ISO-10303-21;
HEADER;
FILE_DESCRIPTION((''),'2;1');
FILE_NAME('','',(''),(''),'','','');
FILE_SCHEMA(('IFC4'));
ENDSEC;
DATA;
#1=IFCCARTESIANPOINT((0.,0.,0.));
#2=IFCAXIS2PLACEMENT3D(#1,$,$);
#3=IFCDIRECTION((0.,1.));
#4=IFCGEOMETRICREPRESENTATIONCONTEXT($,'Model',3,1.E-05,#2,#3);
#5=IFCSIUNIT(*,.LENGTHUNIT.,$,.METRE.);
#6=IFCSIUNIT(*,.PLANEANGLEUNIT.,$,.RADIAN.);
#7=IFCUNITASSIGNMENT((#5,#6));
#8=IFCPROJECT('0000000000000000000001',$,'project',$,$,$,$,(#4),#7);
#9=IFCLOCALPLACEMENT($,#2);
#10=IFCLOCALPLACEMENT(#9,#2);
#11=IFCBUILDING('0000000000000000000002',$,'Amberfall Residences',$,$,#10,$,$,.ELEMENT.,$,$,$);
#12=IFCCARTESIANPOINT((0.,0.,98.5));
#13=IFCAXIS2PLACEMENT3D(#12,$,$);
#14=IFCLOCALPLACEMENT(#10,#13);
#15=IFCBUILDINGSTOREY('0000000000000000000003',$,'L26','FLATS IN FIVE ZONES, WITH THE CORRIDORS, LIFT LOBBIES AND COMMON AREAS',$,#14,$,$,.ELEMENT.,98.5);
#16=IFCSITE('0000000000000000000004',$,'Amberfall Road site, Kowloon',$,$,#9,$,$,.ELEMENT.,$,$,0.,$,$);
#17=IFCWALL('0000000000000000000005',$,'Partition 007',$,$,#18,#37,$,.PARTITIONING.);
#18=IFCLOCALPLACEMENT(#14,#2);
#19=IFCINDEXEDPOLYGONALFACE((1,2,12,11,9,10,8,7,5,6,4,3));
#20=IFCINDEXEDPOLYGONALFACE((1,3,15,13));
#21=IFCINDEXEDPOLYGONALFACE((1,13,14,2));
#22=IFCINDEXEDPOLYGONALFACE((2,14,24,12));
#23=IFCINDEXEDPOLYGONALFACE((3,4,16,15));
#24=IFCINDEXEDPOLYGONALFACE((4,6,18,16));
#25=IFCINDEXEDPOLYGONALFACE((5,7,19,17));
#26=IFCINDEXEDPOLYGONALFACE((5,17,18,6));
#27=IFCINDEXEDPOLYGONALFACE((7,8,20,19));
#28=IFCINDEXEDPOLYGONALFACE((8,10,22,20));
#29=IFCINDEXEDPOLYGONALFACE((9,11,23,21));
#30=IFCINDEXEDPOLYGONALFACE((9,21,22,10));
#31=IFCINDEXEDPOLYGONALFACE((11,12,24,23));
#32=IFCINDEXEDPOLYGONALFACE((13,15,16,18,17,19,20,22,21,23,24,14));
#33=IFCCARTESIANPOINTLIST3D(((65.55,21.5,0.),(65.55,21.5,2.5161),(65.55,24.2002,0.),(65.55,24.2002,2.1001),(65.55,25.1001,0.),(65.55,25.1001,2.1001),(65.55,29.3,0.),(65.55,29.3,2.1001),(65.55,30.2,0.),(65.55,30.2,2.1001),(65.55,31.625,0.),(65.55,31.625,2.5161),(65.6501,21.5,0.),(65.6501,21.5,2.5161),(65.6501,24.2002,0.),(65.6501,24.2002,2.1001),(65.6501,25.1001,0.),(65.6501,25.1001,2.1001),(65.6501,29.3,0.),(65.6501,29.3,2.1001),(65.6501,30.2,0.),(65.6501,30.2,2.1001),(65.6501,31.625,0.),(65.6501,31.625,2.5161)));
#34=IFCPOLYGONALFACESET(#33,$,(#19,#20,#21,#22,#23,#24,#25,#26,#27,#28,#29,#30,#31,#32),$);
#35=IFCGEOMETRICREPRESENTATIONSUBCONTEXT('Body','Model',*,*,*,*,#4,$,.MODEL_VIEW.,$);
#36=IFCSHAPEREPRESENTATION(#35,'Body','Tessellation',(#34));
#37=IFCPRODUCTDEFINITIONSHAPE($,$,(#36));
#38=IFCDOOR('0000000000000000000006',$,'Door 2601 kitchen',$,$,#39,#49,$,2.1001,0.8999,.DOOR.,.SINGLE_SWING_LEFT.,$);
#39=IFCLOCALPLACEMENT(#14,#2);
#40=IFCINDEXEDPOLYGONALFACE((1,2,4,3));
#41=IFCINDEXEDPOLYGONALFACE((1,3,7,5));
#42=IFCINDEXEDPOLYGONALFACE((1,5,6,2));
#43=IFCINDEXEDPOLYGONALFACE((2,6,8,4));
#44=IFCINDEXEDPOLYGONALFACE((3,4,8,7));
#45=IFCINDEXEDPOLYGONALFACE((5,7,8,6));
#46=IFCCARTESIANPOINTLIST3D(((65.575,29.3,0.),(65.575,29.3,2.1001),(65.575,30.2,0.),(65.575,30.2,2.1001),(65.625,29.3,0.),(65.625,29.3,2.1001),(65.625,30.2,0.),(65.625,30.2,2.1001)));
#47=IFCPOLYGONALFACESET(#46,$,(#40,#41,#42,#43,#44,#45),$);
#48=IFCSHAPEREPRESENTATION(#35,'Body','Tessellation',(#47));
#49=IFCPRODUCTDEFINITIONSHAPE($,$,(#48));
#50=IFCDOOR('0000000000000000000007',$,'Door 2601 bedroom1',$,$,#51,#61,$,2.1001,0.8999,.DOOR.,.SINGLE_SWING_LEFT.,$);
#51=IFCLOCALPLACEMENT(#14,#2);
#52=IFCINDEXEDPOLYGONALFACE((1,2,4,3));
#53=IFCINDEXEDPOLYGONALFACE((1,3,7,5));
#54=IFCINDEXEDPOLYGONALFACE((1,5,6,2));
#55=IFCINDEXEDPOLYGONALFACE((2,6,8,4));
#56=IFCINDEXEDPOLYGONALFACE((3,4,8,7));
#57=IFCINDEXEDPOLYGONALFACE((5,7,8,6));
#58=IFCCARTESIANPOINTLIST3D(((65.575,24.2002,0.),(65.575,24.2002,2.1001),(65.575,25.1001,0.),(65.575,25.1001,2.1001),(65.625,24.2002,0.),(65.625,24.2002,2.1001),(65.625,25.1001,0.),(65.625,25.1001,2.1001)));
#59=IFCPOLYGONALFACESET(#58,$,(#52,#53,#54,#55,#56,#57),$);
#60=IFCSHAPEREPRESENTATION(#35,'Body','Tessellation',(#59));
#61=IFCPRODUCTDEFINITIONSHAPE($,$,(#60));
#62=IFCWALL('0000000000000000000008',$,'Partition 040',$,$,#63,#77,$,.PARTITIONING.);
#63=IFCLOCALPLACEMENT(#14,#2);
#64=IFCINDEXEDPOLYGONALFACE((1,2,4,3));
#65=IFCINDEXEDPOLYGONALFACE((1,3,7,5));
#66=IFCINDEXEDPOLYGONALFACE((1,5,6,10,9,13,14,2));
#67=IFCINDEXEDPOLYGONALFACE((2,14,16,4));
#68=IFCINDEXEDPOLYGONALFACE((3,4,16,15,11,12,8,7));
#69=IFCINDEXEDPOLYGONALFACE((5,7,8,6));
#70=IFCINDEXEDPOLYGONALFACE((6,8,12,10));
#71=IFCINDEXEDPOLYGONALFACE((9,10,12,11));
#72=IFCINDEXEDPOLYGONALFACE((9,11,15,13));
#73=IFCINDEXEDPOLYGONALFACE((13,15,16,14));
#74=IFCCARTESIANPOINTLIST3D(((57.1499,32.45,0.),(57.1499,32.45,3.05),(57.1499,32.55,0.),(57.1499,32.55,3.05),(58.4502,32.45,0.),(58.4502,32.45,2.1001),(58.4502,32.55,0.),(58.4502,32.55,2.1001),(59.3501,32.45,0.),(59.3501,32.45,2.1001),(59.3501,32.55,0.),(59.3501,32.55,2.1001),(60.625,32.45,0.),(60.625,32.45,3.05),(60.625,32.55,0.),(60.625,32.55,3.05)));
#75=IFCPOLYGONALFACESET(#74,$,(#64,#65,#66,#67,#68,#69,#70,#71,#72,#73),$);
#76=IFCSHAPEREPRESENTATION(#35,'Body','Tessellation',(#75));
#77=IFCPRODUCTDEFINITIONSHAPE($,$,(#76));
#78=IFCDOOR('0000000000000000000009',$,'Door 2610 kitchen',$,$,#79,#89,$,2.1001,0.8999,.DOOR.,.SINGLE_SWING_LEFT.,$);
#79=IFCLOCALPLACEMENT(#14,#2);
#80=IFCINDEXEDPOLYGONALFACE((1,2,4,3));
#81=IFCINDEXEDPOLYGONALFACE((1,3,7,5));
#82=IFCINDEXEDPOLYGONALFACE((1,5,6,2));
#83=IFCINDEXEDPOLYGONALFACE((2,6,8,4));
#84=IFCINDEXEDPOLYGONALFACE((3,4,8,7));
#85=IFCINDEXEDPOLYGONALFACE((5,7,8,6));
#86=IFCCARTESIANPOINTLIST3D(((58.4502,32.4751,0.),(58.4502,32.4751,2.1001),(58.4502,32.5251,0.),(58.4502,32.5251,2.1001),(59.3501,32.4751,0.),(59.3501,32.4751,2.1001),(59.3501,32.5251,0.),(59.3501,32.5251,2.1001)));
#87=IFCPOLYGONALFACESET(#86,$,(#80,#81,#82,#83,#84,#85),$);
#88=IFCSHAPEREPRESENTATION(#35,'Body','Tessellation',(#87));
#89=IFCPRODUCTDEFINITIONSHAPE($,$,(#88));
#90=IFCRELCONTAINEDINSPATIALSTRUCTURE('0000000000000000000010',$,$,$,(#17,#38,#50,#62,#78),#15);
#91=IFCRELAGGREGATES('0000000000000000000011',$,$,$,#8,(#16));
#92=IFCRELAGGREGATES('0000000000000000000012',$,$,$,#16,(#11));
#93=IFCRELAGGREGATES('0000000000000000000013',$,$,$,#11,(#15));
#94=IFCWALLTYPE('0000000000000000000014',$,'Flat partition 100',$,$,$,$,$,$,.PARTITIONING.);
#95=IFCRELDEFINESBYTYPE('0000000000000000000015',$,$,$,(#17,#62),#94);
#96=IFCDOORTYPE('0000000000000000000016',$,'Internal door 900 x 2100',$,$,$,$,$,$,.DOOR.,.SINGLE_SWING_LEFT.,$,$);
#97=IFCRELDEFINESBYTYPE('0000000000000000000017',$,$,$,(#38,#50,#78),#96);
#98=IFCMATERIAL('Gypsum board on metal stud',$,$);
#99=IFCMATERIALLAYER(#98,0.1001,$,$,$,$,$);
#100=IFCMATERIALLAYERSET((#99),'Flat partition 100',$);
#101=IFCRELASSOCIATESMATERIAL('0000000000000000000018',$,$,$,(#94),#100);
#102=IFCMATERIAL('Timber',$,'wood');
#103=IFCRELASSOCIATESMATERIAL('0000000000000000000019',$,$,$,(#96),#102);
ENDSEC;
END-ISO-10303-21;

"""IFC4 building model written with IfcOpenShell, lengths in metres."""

from ifc_helpers import new_model, si_unit, direction, frame, frame_2d, origin, place, context, subcontext, project, spatial, rectangle, extrude, material, layer, layer_set, type_object, element, fill, save


model = new_model("IFC4")

# Units and contexts
model_context = context("Model", 3, precision=1e-05, world=origin(), true_north=direction((0.0, 1.0)))
body_context = subcontext(model_context, "Body", "Model", "MODEL_VIEW")
ifc_project = project(units=[si_unit("LENGTHUNIT", "METRE"), si_unit("PLANEANGLEUNIT", "RADIAN")], contexts=[model_context])

# Site, building, storey
site_placement = place(None, origin())
site = spatial("IfcSite", under=ifc_project, at=site_placement, Name="Amberfall Road site, Kowloon", CompositionType="ELEMENT", RefElevation=0.0)
building_placement = place(site_placement, origin())
building = spatial("IfcBuilding", under=site, at=building_placement, Name="Amberfall Residences", CompositionType="ELEMENT")
storey_placement = place(building_placement, frame((0.0, 0.0, 98.5)))
storey = spatial("IfcBuildingStorey", under=building, at=storey_placement, Name="L26", Description="FLATS IN FIVE ZONES, WITH THE CORRIDORS, LIFT LOBBIES AND COMMON AREAS", CompositionType="ELEMENT", Elevation=98.5)

# Wall, openings, doors
ifc_material_1 = material(Name="Gypsum board on metal stud")
ifc_layer_1 = layer(ifc_material_1, 0.1001)
ifc_layer_set_1 = layer_set([ifc_layer_1], Name="Flat partition 100")
wall_type_1 = type_object("IfcWallType", Name="Flat partition 100", PredefinedType="PARTITIONING", material=ifc_layer_set_1)
wall_1_placement = place(storey_placement, frame((65.6001, 31.625, 0.0), z_axis=(0.0, 0.0, 1.0), x_axis=(0.0, -1.0, 0.0)))
wall_1 = element("IfcWall", 1, at=wall_1_placement, inside=storey, type_object=wall_type_1, Name="Partition 007", PredefinedType="PARTITIONING", context=body_context, shape_type="SweptSolid", body=[
    extrude(rectangle(XDim=10.125, YDim=0.1001, at=frame_2d((5.0625, 0.0))), origin(), (0.0, 0.0, 1.0), 2.5161),
])
opening_1_placement = place(wall_1_placement, frame((1.425, 0.0, 0.0)))
opening_1 = element("IfcOpeningElement", 2, at=opening_1_placement, cuts=wall_1, PredefinedType="OPENING", context=body_context, shape_type="SweptSolid", body=[
    extrude(rectangle(XDim=0.8999, YDim=2.1001, at=frame_2d((0.45, 1.05))), frame((0.0, 0.0601, 0.0), z_axis=(0.0, -1.0, 0.0), x_axis=(1.0, 0.0, 0.0)), (0.0, 0.0, 1.0), 0.1201),
])
opening_2_placement = place(wall_1_placement, frame((6.5249, 0.0, 0.0)))
opening_2 = element("IfcOpeningElement", 3, at=opening_2_placement, cuts=wall_1, PredefinedType="OPENING", context=body_context, shape_type="SweptSolid", body=[
    extrude(rectangle(XDim=0.8999, YDim=2.1001, at=frame_2d((0.45, 1.05))), frame((0.0, 0.0601, 0.0), z_axis=(0.0, -1.0, 0.0), x_axis=(1.0, 0.0, 0.0)), (0.0, 0.0, 1.0), 0.1201),
])
ifc_material_2 = material(Name="Timber", Category="wood")
door_type_1 = type_object("IfcDoorType", Name="Internal door 900 x 2100", OperationType="SINGLE_SWING_LEFT", PredefinedType="DOOR", material=ifc_material_2)
door_1_placement = place(opening_1_placement, origin())
door_1 = element("IfcDoor", 4, at=door_1_placement, inside=storey, type_object=door_type_1, Name="Door 2601 kitchen", OperationType="SINGLE_SWING_LEFT", OverallHeight=2.1001, OverallWidth=0.8999, PredefinedType="DOOR", context=body_context, shape_type="SweptSolid", body=[
    extrude(rectangle(XDim=0.8999, YDim=2.1001, at=frame_2d((0.45, 1.05))), frame((0.0, 0.0249, 0.0), z_axis=(0.0, -1.0, 0.0), x_axis=(1.0, 0.0, 0.0)), (0.0, 0.0, 1.0), 0.05),
])
fill(opening_1, door_1)
door_2_placement = place(opening_2_placement, origin())
door_2 = element("IfcDoor", 5, at=door_2_placement, inside=storey, type_object=door_type_1, Name="Door 2601 bedroom1", OperationType="SINGLE_SWING_LEFT", OverallHeight=2.1001, OverallWidth=0.8999, PredefinedType="DOOR", context=body_context, shape_type="SweptSolid", body=[
    extrude(rectangle(XDim=0.8999, YDim=2.1001, at=frame_2d((0.45, 1.05))), frame((0.0, 0.0249, 0.0), z_axis=(0.0, -1.0, 0.0), x_axis=(1.0, 0.0, 0.0)), (0.0, 0.0, 1.0), 0.05),
])
fill(opening_2, door_2)

# Wall, opening, door
wall_2_placement = place(storey_placement, frame((60.625, 32.5, 0.0), z_axis=(0.0, 0.0, 1.0), x_axis=(-1.0, 0.0, 0.0)))
wall_2 = element("IfcWall", 6, at=wall_2_placement, inside=storey, type_object=wall_type_1, Name="Partition 040", PredefinedType="PARTITIONING", context=body_context, shape_type="SweptSolid", body=[
    extrude(rectangle(XDim=3.4751, YDim=0.1001, at=frame_2d((1.7375, 0.0))), origin(), (0.0, 0.0, 1.0), 3.05),
])
opening_3_placement = place(wall_2_placement, frame((1.2749, 0.0, 0.0)))
opening_3 = element("IfcOpeningElement", 7, at=opening_3_placement, cuts=wall_2, PredefinedType="OPENING", context=body_context, shape_type="SweptSolid", body=[
    extrude(rectangle(XDim=0.8999, YDim=2.1001, at=frame_2d((0.45, 1.05))), frame((0.0, 0.0601, 0.0), z_axis=(0.0, -1.0, 0.0), x_axis=(1.0, 0.0, 0.0)), (0.0, 0.0, 1.0), 0.1201),
])
door_3_placement = place(opening_3_placement, origin())
door_3 = element("IfcDoor", 8, at=door_3_placement, inside=storey, type_object=door_type_1, Name="Door 2610 kitchen", OperationType="SINGLE_SWING_LEFT", OverallHeight=2.1001, OverallWidth=0.8999, PredefinedType="DOOR", context=body_context, shape_type="SweptSolid", body=[
    extrude(rectangle(XDim=0.8999, YDim=2.1001, at=frame_2d((0.45, 1.05))), frame((0.0, 0.0249, 0.0), z_axis=(0.0, -1.0, 0.0), x_axis=(1.0, 0.0, 0.0)), (0.0, 0.0, 1.0), 0.05),
])
fill(opening_3, door_3)

save(model, "model.ifc")
